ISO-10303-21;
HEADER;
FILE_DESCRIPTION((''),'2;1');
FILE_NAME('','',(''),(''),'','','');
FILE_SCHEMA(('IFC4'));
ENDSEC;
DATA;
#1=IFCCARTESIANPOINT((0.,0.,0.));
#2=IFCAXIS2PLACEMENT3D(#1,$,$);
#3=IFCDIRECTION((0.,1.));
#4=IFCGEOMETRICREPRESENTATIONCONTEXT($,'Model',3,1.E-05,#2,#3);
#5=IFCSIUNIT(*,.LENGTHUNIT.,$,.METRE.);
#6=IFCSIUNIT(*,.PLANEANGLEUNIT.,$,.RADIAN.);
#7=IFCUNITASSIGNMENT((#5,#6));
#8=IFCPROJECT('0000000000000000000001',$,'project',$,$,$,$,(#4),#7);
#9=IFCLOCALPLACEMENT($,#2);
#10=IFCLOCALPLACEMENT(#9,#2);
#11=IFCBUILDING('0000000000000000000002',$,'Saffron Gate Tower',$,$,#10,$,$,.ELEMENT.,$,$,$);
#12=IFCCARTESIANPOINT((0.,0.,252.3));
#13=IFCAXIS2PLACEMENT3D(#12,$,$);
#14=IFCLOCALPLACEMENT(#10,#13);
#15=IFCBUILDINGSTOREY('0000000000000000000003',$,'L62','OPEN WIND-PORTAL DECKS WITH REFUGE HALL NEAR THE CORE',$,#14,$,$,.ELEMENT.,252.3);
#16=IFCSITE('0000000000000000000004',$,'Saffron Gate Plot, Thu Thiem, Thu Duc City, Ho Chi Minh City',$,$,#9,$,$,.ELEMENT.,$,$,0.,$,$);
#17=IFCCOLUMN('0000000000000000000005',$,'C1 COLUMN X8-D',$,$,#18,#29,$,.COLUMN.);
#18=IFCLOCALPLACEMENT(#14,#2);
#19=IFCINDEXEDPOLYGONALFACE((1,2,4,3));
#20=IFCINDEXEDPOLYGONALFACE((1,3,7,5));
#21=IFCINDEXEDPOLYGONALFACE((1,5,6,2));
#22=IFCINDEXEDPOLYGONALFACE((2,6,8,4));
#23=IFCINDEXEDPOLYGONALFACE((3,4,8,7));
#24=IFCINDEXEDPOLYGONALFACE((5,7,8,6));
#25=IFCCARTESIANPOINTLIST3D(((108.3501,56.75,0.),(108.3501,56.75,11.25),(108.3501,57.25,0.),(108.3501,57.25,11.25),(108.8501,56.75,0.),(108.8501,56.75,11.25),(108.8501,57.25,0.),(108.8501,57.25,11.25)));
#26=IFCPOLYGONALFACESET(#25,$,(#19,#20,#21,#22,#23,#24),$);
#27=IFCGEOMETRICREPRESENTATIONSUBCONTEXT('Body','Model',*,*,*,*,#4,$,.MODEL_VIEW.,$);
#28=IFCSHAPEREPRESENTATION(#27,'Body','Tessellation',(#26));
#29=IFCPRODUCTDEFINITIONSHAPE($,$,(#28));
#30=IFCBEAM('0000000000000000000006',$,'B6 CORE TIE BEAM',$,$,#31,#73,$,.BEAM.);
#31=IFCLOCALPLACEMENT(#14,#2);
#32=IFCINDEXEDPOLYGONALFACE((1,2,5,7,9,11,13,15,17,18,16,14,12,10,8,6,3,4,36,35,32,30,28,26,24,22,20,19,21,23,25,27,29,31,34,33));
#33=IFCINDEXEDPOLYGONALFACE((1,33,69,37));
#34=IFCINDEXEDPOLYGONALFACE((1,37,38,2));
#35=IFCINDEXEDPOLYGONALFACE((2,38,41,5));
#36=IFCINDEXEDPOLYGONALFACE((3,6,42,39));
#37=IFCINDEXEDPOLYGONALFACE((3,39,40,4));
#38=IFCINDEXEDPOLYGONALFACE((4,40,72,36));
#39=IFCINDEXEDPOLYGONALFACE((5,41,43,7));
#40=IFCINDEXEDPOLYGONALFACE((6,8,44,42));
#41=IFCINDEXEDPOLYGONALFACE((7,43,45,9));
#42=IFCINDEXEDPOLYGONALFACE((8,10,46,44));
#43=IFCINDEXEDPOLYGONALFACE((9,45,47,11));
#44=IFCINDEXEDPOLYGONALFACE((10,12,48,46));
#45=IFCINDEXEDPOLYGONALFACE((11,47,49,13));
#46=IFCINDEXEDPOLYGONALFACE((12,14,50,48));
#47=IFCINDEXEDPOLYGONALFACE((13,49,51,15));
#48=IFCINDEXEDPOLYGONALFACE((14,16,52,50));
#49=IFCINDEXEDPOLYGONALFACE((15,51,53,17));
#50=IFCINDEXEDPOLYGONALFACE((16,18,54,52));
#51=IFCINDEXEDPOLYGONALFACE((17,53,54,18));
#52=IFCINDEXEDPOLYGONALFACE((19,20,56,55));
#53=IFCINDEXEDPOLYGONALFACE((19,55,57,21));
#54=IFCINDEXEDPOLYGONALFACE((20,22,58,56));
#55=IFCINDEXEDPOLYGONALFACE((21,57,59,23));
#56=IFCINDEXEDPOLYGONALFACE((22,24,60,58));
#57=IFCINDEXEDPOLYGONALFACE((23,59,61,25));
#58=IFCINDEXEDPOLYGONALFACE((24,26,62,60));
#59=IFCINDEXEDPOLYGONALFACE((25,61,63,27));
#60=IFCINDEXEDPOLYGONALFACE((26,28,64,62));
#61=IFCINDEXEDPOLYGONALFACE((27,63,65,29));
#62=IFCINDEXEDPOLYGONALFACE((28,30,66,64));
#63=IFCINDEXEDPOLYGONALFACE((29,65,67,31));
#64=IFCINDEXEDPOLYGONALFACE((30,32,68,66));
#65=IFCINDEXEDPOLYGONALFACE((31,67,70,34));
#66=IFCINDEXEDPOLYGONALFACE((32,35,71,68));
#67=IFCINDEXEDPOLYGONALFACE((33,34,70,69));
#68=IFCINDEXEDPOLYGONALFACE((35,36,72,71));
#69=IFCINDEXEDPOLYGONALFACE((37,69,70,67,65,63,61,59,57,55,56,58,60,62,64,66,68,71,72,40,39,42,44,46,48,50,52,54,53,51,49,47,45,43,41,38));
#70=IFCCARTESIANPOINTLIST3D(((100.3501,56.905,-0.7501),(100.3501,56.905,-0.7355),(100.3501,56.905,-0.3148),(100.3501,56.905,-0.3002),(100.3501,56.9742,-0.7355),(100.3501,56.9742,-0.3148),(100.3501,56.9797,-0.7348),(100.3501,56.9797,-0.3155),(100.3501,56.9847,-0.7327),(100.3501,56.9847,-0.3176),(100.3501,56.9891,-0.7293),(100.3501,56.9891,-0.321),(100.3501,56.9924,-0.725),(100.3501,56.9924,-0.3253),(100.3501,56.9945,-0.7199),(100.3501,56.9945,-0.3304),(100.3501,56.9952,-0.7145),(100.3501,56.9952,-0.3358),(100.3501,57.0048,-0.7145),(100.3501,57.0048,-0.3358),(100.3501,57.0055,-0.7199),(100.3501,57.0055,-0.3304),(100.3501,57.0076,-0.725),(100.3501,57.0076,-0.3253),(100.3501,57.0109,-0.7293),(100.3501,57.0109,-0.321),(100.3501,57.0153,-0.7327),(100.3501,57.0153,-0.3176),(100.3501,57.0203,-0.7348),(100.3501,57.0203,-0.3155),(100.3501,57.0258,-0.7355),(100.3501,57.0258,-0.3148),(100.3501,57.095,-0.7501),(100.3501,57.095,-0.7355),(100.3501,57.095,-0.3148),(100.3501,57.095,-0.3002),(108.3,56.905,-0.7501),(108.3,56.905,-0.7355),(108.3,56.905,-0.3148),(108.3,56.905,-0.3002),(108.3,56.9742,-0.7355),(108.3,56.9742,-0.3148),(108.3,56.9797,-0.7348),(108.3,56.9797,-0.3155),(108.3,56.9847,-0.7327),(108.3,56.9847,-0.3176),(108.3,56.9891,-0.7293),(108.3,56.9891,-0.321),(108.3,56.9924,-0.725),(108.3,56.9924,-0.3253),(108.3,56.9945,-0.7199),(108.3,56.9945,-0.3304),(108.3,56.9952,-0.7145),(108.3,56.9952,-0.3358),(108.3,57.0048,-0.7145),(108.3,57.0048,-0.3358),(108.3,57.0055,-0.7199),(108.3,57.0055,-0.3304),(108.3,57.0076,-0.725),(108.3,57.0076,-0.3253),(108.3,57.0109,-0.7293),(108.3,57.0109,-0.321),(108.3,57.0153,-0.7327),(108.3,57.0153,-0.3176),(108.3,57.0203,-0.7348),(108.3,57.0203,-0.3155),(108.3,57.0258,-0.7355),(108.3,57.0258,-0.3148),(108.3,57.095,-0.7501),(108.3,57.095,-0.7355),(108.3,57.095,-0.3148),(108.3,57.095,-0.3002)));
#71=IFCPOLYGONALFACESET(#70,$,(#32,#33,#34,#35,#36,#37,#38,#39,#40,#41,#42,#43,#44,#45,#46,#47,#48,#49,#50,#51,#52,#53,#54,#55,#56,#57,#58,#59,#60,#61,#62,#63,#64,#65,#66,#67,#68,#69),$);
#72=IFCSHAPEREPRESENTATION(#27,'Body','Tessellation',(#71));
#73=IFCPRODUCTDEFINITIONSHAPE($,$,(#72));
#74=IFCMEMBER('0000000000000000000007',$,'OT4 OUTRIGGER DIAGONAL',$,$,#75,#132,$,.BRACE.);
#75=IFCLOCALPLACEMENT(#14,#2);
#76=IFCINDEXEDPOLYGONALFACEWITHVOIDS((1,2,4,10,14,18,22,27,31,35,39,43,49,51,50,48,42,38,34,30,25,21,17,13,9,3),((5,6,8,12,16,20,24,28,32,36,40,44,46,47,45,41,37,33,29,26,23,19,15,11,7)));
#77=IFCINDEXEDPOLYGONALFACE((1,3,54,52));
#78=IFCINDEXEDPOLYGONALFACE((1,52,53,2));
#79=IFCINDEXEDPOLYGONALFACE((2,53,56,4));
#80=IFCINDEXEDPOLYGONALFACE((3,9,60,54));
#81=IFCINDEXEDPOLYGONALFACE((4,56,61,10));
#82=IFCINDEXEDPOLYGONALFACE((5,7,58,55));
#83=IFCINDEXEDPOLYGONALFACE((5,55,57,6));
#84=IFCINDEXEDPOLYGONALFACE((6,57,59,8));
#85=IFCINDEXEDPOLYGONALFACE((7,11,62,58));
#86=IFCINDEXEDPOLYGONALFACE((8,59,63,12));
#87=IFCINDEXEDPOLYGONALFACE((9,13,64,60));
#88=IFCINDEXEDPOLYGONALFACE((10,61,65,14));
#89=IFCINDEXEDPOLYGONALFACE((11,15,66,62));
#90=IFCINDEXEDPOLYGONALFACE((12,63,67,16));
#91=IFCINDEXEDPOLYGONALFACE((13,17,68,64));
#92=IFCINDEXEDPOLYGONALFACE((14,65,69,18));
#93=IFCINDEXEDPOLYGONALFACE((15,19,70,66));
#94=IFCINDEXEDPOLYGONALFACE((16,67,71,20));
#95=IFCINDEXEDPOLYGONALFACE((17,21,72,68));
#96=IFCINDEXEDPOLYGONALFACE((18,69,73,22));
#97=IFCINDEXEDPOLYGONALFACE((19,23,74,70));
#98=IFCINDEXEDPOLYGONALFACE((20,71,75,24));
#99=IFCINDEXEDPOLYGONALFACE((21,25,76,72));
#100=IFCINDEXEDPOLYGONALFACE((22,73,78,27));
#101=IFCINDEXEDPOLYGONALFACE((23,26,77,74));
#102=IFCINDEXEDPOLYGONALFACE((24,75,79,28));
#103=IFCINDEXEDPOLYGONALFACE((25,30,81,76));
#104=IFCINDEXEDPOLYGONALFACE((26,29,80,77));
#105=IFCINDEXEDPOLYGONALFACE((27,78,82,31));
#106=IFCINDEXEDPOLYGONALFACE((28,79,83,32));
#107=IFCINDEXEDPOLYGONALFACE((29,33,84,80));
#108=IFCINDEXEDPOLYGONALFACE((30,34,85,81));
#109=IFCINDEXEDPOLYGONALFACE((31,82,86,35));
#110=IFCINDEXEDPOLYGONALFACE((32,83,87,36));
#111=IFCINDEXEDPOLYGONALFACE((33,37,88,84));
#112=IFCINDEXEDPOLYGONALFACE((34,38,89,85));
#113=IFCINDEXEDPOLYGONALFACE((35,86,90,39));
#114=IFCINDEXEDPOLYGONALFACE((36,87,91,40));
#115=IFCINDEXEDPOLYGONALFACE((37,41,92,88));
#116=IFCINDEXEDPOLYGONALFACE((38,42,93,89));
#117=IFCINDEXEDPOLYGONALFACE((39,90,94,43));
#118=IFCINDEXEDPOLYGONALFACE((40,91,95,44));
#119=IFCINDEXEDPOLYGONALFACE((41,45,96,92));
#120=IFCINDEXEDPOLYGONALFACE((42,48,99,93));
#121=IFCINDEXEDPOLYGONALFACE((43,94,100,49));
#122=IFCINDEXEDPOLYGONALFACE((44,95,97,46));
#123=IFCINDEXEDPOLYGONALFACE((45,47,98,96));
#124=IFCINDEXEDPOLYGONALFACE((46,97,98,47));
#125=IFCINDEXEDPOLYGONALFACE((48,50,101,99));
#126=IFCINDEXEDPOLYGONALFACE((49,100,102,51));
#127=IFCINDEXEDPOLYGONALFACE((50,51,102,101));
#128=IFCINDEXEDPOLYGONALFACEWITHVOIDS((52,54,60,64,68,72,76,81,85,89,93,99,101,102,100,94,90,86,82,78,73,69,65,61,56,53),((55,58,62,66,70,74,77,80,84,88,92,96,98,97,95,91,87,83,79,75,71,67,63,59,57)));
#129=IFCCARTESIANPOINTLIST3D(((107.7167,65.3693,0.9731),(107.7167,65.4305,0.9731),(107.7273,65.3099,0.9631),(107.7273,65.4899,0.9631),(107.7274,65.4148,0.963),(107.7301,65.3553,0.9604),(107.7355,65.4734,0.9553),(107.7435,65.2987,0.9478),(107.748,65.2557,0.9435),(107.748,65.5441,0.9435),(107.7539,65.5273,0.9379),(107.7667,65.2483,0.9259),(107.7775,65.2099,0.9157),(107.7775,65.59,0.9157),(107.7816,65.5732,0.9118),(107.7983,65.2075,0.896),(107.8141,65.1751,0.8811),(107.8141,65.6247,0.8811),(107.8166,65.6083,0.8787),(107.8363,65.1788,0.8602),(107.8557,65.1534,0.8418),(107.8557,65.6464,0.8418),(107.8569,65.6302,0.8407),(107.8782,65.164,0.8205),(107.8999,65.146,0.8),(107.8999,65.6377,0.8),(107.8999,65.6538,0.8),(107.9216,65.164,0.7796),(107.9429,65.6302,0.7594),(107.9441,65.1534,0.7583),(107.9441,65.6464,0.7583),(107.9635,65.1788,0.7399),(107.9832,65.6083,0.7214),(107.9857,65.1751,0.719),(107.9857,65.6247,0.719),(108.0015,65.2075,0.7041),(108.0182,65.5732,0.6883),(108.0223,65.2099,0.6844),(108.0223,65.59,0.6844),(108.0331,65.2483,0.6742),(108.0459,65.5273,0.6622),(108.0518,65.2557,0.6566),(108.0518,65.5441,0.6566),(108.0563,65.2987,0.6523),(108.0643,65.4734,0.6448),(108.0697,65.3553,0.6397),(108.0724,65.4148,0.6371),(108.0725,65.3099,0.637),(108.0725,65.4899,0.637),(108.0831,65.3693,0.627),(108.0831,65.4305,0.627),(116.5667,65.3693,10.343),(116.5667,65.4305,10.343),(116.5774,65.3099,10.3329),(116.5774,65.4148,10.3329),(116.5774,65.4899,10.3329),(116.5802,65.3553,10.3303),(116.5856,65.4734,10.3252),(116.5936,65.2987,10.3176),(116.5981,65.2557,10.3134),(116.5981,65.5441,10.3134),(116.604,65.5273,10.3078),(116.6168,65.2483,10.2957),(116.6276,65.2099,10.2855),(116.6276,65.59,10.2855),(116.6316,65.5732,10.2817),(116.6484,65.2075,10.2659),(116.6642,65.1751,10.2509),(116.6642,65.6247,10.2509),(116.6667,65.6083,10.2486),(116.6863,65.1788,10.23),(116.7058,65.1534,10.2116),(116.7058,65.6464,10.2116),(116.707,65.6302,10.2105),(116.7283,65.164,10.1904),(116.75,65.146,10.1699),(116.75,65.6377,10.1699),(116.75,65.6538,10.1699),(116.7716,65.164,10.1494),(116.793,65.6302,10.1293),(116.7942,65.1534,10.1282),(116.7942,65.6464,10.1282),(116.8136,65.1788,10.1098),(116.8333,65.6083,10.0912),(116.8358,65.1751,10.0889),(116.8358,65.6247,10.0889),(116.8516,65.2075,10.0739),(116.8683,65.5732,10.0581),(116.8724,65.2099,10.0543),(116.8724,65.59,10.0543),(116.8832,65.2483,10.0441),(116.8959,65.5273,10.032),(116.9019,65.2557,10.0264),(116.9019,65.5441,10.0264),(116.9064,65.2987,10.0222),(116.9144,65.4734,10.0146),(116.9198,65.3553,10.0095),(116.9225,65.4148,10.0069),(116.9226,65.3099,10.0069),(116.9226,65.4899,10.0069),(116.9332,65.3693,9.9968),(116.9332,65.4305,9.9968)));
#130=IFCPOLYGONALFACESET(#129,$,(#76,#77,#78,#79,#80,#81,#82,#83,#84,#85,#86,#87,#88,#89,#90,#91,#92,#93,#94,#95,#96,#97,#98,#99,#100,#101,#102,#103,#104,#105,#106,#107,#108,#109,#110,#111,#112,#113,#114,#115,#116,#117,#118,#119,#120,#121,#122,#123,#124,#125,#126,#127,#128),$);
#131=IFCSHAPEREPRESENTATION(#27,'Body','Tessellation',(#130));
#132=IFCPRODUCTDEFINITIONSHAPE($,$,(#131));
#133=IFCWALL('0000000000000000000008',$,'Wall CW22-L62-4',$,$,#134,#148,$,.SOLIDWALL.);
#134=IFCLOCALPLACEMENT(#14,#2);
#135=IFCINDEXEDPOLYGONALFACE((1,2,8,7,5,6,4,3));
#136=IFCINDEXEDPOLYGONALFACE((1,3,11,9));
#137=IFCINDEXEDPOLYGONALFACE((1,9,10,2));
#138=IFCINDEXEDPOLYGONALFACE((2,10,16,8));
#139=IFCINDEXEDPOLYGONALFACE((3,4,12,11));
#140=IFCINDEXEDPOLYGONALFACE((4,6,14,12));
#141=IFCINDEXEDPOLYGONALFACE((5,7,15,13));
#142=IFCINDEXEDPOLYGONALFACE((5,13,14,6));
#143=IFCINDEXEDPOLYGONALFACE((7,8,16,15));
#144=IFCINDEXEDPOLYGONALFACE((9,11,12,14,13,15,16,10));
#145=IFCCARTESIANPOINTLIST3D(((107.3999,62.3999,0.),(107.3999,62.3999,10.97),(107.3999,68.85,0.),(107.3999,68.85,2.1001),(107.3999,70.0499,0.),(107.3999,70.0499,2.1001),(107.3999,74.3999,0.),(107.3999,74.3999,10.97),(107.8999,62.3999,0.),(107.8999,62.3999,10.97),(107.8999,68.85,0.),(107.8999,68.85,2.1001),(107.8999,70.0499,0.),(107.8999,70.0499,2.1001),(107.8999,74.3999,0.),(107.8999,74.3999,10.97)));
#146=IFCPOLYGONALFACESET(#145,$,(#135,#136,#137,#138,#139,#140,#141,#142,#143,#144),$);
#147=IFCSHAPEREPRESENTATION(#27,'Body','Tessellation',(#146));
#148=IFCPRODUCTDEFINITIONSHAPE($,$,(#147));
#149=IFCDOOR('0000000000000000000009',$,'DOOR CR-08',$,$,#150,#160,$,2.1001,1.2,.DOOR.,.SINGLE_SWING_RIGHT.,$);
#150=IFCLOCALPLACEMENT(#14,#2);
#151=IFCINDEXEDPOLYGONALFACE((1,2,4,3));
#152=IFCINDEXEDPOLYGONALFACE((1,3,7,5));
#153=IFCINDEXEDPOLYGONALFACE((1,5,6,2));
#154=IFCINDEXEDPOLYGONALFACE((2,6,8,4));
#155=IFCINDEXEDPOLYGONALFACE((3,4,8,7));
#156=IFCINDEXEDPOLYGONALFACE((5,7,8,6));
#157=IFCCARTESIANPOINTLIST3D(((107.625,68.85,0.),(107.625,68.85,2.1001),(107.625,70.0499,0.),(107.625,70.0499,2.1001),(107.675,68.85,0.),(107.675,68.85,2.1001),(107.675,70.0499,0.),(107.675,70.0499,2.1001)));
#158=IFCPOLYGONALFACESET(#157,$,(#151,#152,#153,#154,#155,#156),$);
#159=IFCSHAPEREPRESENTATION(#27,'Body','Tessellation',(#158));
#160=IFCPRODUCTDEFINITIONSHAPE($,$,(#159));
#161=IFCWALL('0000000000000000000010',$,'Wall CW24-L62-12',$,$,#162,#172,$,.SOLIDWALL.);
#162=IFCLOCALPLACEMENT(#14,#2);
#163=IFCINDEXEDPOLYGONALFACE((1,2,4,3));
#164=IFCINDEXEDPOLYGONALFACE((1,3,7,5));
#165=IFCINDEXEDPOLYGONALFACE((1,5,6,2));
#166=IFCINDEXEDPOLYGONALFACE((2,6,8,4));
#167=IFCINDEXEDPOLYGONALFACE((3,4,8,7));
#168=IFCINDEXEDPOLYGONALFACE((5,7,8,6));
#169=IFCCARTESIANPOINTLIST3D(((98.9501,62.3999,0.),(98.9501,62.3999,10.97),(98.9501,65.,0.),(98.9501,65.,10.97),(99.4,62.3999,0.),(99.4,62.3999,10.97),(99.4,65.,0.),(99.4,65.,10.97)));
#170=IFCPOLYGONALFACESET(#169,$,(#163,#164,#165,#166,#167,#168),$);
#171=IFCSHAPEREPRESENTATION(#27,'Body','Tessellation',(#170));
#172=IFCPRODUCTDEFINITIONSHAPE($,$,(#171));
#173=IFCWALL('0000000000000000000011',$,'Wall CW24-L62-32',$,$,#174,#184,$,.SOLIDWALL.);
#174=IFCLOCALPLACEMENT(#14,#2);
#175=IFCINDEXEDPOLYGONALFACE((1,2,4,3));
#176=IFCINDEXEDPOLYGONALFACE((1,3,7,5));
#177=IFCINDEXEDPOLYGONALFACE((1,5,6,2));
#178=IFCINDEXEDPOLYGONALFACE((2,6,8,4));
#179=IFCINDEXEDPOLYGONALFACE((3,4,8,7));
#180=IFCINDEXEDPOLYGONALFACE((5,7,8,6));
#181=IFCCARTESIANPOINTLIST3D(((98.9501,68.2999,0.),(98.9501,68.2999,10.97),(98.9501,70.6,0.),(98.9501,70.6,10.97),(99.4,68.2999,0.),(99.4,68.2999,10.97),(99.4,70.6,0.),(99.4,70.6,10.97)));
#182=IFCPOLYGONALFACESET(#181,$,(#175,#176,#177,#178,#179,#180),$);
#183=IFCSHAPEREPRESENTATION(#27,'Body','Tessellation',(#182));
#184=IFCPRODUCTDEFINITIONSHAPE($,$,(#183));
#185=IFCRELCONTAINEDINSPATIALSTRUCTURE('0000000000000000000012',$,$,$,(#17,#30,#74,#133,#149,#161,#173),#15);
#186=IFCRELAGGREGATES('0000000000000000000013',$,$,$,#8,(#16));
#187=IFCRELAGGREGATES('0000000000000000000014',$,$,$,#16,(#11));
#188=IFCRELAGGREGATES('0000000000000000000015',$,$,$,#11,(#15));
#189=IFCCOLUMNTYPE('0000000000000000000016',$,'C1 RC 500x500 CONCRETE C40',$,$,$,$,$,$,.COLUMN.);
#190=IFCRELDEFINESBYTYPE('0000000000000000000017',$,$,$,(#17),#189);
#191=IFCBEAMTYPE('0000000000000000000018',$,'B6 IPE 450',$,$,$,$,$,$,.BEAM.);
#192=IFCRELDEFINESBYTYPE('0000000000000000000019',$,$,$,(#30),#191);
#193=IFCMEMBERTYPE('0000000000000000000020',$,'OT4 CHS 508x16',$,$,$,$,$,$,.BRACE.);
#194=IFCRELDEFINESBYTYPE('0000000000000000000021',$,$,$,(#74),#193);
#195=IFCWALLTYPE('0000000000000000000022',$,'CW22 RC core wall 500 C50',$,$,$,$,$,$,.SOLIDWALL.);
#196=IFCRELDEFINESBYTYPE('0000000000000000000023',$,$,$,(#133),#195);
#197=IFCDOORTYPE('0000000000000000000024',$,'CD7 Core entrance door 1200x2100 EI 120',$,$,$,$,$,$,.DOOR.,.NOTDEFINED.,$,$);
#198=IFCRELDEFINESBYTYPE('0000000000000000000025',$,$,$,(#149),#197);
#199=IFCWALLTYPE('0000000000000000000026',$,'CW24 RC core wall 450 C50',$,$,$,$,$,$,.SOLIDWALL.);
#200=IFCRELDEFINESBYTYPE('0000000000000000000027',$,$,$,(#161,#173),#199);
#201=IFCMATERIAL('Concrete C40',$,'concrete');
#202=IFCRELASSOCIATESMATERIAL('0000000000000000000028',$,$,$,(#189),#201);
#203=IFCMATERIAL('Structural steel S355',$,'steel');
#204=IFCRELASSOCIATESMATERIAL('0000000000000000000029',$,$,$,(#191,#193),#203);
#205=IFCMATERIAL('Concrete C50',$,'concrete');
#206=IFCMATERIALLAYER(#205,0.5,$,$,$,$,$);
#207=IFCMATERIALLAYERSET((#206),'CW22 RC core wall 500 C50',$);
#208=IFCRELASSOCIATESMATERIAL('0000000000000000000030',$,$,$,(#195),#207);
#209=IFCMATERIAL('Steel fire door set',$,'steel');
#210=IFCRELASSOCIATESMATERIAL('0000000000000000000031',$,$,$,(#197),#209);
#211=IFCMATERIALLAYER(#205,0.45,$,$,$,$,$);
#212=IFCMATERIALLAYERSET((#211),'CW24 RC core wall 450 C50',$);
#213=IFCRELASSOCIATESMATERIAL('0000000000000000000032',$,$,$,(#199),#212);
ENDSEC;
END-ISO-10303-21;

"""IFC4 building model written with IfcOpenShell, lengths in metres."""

from ifc_helpers import new_model, si_unit, direction, frame, frame_2d, origin, origin_2d, place, context, subcontext, project, spatial, rectangle, hollow_circle, i_section, extrude, material, layer, layer_set, material_profile, profile_set, type_object, element, fill, save


model = new_model("IFC4")

# Units and contexts
model_context = context("Model", 3, precision=1e-05, world=origin(), true_north=direction((0.0, 1.0)))
body_context = subcontext(model_context, "Body", "Model", "MODEL_VIEW")
ifc_project = project(units=[si_unit("LENGTHUNIT", "METRE"), si_unit("PLANEANGLEUNIT", "RADIAN")], contexts=[model_context])

# Site, building, storey
site_placement = place(None, origin())
site = spatial("IfcSite", under=ifc_project, at=site_placement, Name="Saffron Gate Plot, Thu Thiem, Thu Duc City, Ho Chi Minh City", CompositionType="ELEMENT", RefElevation=0.0)
building_placement = place(site_placement, origin())
building = spatial("IfcBuilding", under=site, at=building_placement, Name="Saffron Gate Tower", CompositionType="ELEMENT")
storey_placement = place(building_placement, frame((0.0, 0.0, 252.3)))
storey = spatial("IfcBuildingStorey", under=building, at=storey_placement, Name="L62", Description="OPEN WIND-PORTAL DECKS WITH REFUGE HALL NEAR THE CORE", CompositionType="ELEMENT", Elevation=252.3)

# Column
ifc_material_1 = material(Name="Concrete C40", Category="concrete")
ifc_material_profile_1 = material_profile(ifc_material_1, rectangle(XDim=0.5, YDim=0.5, at=origin_2d()))
ifc_profile_set_1 = profile_set([ifc_material_profile_1], Name="Concrete C40")
column_type = type_object("IfcColumnType", Name="C1 RC 500x500 CONCRETE C40", PredefinedType="COLUMN", material=ifc_profile_set_1)
column_placement = place(storey_placement, frame((108.6001, 57.0, 0.0), z_axis=(0.0, 0.0, 1.0), x_axis=(1.0, 0.0, 0.0)))
element("IfcColumn", 1, at=column_placement, inside=storey, type_object=column_type, Name="C1 COLUMN X8-D", PredefinedType="COLUMN", context=body_context, shape_type="SweptSolid", body=[
    extrude(rectangle(XDim=0.5, YDim=0.5, at=origin_2d()), origin(), (0.0, 0.0, 1.0), 11.25),
])

# Beam
ifc_material_2 = material(Name="Structural steel S355", Category="steel")
ifc_material_profile_2 = material_profile(ifc_material_2, i_section(OverallWidth=0.1899, OverallDepth=0.45, WebThickness=0.0095, FlangeThickness=0.0146, FilletRadius=0.021, at=origin_2d()))
ifc_profile_set_2 = profile_set([ifc_material_profile_2], Name="Structural steel S355")
beam_type = type_object("IfcBeamType", Name="B6 IPE 450", PredefinedType="BEAM", material=ifc_profile_set_2)
beam_placement = place(storey_placement, frame((108.3, 57.0, -0.5251), z_axis=(-1.0, 0.0, 0.0), x_axis=(0.0, -1.0, 0.0)))
element("IfcBeam", 2, at=beam_placement, inside=storey, type_object=beam_type, Name="B6 CORE TIE BEAM", PredefinedType="BEAM", context=body_context, shape_type="SweptSolid", body=[
    extrude(i_section(OverallWidth=0.1899, OverallDepth=0.45, WebThickness=0.0095, FlangeThickness=0.0146, FilletRadius=0.021, at=origin_2d()), origin(), (0.0, 0.0, 1.0), 7.95),
])

# Member
ifc_material_profile_3 = material_profile(ifc_material_2, hollow_circle(Radius=0.2539, WallThickness=0.0161, at=origin_2d()))
ifc_profile_set_3 = profile_set([ifc_material_profile_3], Name="Structural steel S355")
member_type = type_object("IfcMemberType", Name="OT4 CHS 508x16", PredefinedType="BRACE", material=ifc_profile_set_3)
member_placement = place(storey_placement, frame((107.8999, 65.3999, 0.8), z_axis=(0.686655, 0.0, 0.726983), x_axis=(0.0, 1.0, 0.0)))
element("IfcMember", 3, at=member_placement, inside=storey, type_object=member_type, Name="OT4 OUTRIGGER DIAGONAL", PredefinedType="BRACE", context=body_context, shape_type="SweptSolid", body=[
    extrude(hollow_circle(Radius=0.2539, WallThickness=0.0161, at=origin_2d()), origin(), (0.0, 0.0, 1.0), 12.8887),
])

# Wall, opening, door
ifc_material_3 = material(Name="Concrete C50", Category="concrete")
ifc_layer_1 = layer(ifc_material_3, 0.5)
ifc_layer_set_1 = layer_set([ifc_layer_1], Name="CW22 RC core wall 500 C50")
wall_type_1 = type_object("IfcWallType", Name="CW22 RC core wall 500 C50", PredefinedType="SOLIDWALL", material=ifc_layer_set_1)
wall_1_placement = place(storey_placement, frame((107.6499, 62.3999, 0.0), z_axis=(0.0, 0.0, 1.0), x_axis=(0.0, 1.0, 0.0)))
wall_1 = element("IfcWall", 4, at=wall_1_placement, inside=storey, type_object=wall_type_1, Name="Wall CW22-L62-4", PredefinedType="SOLIDWALL", context=body_context, shape_type="SweptSolid", body=[
    extrude(rectangle(XDim=12.0, YDim=0.5, at=frame_2d((6.0, 0.0))), origin(), (0.0, 0.0, 1.0), 10.97),
])
opening_placement = place(wall_1_placement, frame((6.45, 0.0, 0.0)))
opening = element("IfcOpeningElement", 5, at=opening_placement, cuts=wall_1, PredefinedType="OPENING", context=body_context, shape_type="SweptSolid", body=[
    extrude(rectangle(XDim=1.2, YDim=2.1001, at=frame_2d((0.6001, 1.05))), frame((0.0, 0.26, 0.0), z_axis=(0.0, -1.0, 0.0), x_axis=(1.0, 0.0, 0.0)), (0.0, 0.0, 1.0), 0.52),
])
ifc_material_4 = material(Name="Steel fire door set", Category="steel")
door_type = type_object("IfcDoorType", Name="CD7 Core entrance door 1200x2100 EI 120", OperationType="NOTDEFINED", PredefinedType="DOOR", material=ifc_material_4)
door_placement = place(opening_placement, origin())
door = element("IfcDoor", 6, at=door_placement, inside=storey, type_object=door_type, Name="DOOR CR-08", OperationType="SINGLE_SWING_RIGHT", OverallHeight=2.1001, OverallWidth=1.2, PredefinedType="DOOR", context=body_context, shape_type="SweptSolid", body=[
    extrude(rectangle(XDim=1.2, YDim=2.1001, at=frame_2d((0.6001, 1.05))), frame((0.0, 0.0249, 0.0), z_axis=(0.0, -1.0, 0.0), x_axis=(1.0, 0.0, 0.0)), (0.0, 0.0, 1.0), 0.05),
])
fill(opening, door)

# Walls
ifc_layer_2 = layer(ifc_material_3, 0.45)
ifc_layer_set_2 = layer_set([ifc_layer_2], Name="CW24 RC core wall 450 C50")
wall_type_2 = type_object("IfcWallType", Name="CW24 RC core wall 450 C50", PredefinedType="SOLIDWALL", material=ifc_layer_set_2)
wall_2_placement = place(storey_placement, frame((99.175, 62.3999, 0.0), z_axis=(0.0, 0.0, 1.0), x_axis=(0.0, 1.0, 0.0)))
element("IfcWall", 7, at=wall_2_placement, inside=storey, type_object=wall_type_2, Name="Wall CW24-L62-12", PredefinedType="SOLIDWALL", context=body_context, shape_type="SweptSolid", body=[
    extrude(rectangle(XDim=2.6001, YDim=0.45, at=frame_2d((1.3, 0.0))), origin(), (0.0, 0.0, 1.0), 10.97),
])
wall_3_placement = place(storey_placement, frame((99.175, 68.3, 0.0), z_axis=(0.0, 0.0, 1.0), x_axis=(0.0, 1.0, 0.0)))
element("IfcWall", 8, at=wall_3_placement, inside=storey, type_object=wall_type_2, Name="Wall CW24-L62-32", PredefinedType="SOLIDWALL", context=body_context, shape_type="SweptSolid", body=[
    extrude(rectangle(XDim=2.3, YDim=0.45, at=frame_2d((1.1499, 0.0))), origin(), (0.0, 0.0, 1.0), 10.97),
])

save(model, "model.ifc")
